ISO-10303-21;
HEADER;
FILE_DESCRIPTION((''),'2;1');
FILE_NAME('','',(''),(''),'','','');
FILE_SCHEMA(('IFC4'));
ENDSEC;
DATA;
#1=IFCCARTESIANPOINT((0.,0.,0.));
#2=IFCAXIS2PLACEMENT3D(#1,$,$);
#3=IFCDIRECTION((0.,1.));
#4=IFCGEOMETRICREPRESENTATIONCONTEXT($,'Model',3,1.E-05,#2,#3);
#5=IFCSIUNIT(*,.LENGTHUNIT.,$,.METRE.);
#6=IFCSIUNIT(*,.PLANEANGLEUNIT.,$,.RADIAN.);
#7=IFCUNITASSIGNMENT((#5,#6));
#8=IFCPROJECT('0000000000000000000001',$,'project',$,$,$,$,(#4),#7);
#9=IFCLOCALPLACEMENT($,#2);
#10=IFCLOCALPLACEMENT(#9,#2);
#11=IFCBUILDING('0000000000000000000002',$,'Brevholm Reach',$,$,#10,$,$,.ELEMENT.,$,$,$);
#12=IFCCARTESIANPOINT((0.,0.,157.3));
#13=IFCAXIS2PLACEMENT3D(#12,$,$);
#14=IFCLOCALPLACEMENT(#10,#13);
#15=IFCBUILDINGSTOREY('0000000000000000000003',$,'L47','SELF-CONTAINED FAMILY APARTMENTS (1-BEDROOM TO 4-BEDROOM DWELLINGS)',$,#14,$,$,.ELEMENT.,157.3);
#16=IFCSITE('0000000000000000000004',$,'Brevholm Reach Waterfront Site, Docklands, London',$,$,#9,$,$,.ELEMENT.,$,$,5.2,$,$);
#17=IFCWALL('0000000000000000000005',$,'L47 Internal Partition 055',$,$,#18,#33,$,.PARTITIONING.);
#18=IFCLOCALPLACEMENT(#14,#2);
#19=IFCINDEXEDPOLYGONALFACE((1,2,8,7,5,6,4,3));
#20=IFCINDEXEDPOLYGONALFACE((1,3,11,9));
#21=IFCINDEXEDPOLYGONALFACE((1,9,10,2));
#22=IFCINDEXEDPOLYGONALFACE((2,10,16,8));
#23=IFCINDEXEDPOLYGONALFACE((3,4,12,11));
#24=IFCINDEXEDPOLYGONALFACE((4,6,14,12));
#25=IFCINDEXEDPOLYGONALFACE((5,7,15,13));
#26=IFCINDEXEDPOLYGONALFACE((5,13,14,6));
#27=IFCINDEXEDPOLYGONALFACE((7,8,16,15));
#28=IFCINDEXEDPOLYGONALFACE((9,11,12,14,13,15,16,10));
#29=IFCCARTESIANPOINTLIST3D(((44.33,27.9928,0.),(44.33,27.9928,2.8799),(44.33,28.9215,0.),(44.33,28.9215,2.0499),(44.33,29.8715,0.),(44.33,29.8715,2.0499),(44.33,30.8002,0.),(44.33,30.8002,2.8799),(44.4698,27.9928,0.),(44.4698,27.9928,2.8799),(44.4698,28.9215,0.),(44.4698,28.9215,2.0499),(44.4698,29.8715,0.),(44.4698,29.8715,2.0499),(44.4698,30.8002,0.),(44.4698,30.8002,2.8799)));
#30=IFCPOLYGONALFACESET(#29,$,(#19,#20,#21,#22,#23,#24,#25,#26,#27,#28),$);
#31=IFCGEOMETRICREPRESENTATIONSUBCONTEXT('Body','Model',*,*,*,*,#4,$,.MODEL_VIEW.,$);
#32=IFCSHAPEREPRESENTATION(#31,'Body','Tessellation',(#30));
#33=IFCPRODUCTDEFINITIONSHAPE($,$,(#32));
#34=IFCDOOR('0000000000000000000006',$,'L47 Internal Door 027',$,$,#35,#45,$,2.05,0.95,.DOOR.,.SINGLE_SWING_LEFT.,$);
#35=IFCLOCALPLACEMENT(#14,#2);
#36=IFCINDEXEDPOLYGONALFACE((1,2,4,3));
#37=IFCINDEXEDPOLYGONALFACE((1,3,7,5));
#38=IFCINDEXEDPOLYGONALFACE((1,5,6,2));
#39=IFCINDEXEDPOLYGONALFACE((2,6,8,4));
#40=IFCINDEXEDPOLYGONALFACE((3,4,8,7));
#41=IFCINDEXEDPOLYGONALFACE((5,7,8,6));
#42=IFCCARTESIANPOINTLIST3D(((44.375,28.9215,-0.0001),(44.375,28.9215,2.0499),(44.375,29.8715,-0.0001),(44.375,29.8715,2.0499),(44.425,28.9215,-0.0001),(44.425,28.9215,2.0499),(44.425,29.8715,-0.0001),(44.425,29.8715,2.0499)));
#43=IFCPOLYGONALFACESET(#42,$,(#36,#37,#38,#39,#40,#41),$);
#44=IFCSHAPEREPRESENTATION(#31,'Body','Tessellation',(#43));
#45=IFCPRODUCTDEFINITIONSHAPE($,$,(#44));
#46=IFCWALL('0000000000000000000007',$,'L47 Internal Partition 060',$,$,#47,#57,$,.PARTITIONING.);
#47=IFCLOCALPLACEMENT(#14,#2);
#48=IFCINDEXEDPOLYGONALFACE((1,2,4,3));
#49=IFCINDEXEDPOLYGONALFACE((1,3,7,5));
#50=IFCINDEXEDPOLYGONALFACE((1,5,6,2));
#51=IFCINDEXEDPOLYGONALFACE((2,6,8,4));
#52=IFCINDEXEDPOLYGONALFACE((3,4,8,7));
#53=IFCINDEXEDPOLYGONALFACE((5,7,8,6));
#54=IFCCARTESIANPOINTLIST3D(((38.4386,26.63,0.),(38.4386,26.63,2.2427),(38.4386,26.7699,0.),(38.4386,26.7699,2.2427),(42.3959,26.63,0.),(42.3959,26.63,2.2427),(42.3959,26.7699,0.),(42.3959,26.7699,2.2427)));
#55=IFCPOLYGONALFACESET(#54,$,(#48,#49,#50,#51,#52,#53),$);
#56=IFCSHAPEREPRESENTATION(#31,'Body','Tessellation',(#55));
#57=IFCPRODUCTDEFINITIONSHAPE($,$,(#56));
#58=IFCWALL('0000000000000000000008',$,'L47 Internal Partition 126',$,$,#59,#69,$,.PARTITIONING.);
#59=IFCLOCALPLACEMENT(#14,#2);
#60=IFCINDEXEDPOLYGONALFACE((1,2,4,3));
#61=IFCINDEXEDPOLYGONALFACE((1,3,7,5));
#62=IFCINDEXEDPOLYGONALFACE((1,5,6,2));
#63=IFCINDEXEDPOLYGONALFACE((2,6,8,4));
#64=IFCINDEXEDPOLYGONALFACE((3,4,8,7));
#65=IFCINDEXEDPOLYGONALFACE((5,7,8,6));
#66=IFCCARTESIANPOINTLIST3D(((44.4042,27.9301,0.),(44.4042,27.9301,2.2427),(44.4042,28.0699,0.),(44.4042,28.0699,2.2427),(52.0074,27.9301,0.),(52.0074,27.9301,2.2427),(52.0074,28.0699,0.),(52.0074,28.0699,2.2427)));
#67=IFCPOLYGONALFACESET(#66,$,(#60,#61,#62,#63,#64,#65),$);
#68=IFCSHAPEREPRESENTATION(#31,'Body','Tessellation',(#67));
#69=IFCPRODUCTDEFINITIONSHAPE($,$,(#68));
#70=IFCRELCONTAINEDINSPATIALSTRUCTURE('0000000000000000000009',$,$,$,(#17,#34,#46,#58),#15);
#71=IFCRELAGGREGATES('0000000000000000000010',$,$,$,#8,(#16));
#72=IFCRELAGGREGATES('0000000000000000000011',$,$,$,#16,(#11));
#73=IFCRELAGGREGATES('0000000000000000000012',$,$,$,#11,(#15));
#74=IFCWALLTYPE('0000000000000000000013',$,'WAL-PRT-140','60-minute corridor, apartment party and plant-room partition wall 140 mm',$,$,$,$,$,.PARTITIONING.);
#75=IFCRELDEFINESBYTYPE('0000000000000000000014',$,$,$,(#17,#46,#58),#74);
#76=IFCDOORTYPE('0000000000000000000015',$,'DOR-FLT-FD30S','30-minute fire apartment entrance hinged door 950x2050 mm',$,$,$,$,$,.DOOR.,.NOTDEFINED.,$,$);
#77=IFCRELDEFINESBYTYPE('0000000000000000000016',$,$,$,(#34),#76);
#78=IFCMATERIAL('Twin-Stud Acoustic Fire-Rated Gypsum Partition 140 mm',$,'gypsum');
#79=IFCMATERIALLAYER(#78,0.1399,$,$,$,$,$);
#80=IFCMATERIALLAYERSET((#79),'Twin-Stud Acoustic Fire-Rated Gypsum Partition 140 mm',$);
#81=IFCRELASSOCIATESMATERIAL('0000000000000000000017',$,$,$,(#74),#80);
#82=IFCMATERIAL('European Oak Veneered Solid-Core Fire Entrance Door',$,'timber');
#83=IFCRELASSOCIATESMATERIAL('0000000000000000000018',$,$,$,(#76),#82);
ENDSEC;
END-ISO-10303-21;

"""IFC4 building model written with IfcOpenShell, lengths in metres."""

from ifc_helpers import new_model, si_unit, direction, frame, frame_2d, origin, place, context, subcontext, project, spatial, rectangle, extrude, material, layer, layer_set, type_object, element, fill, save


model = new_model("IFC4")

# Units and contexts
model_context = context("Model", 3, precision=1e-05, world=origin(), true_north=direction((0.0, 1.0)))
body_context = subcontext(model_context, "Body", "Model", "MODEL_VIEW")
ifc_project = project(units=[si_unit("LENGTHUNIT", "METRE"), si_unit("PLANEANGLEUNIT", "RADIAN")], contexts=[model_context])

# Site, building, storey
site_placement = place(None, origin())
site = spatial("IfcSite", under=ifc_project, at=site_placement, Name="Brevholm Reach Waterfront Site, Docklands, London", CompositionType="ELEMENT", RefElevation=5.2)
building_placement = place(site_placement, origin())
building = spatial("IfcBuilding", under=site, at=building_placement, Name="Brevholm Reach", CompositionType="ELEMENT")
storey_placement = place(building_placement, frame((0.0, 0.0, 157.3)))
storey = spatial("IfcBuildingStorey", under=building, at=storey_placement, Name="L47", Description="SELF-CONTAINED FAMILY APARTMENTS (1-BEDROOM TO 4-BEDROOM DWELLINGS)", CompositionType="ELEMENT", Elevation=157.3)

# Wall, opening, door
ifc_material_1 = material(Name="Twin-Stud Acoustic Fire-Rated Gypsum Partition 140 mm", Category="gypsum")
ifc_layer_1 = layer(ifc_material_1, 0.1399)
ifc_layer_set_1 = layer_set([ifc_layer_1], Name="Twin-Stud Acoustic Fire-Rated Gypsum Partition 140 mm")
wall_type_1 = type_object("IfcWallType", Name="WAL-PRT-140", Description="60-minute corridor, apartment party and plant-room partition wall 140 mm", PredefinedType="PARTITIONING", material=ifc_layer_set_1)
ifc_material_2 = material(Name="European Oak Veneered Solid-Core Fire Entrance Door", Category="timber")
door_type_1 = type_object("IfcDoorType", Name="DOR-FLT-FD30S", Description="30-minute fire apartment entrance hinged door 950x2050 mm", OperationType="NOTDEFINED", PredefinedType="DOOR", material=ifc_material_2)
wall_1_placement = place(storey_placement, frame((44.3999, 27.9927, 0.0), z_axis=(0.0, 0.0, 1.0), x_axis=(0.0, 1.0, 0.0)))
wall_1 = element("IfcWall", 1, at=wall_1_placement, inside=storey, type_object=wall_type_1, Name="L47 Internal Partition 055", PredefinedType="PARTITIONING", context=body_context, shape_type="SweptSolid", body=[
    extrude(rectangle(XDim=2.8074, YDim=0.1399, at=frame_2d((1.4038, 0.0))), origin(), (0.0, 0.0, 1.0), 2.8799),
])
opening_1_placement = place(wall_1_placement, frame((0.9287, 0.0, 0.0)))
opening_1 = element("IfcOpeningElement", 2, at=opening_1_placement, cuts=wall_1, PredefinedType="OPENING", context=body_context, shape_type="SweptSolid", body=[
    extrude(rectangle(XDim=0.95, YDim=2.05, at=frame_2d((0.4751, 1.0249))), frame((0.0, 0.0798, 0.0), z_axis=(0.0, -1.0, 0.0), x_axis=(1.0, 0.0, 0.0)), (0.0, 0.0, 1.0), 0.1599),
])
door_1_placement = place(opening_1_placement, origin())
door_1 = element("IfcDoor", 3, at=door_1_placement, inside=storey, type_object=door_type_1, Name="L47 Internal Door 027", OperationType="SINGLE_SWING_LEFT", OverallHeight=2.05, OverallWidth=0.95, PredefinedType="DOOR", context=body_context, shape_type="SweptSolid", body=[
    extrude(rectangle(XDim=0.95, YDim=2.05, at=frame_2d((0.4751, 1.0249))), frame((0.0, 0.0249, 0.0), z_axis=(0.0, -1.0, 0.0), x_axis=(1.0, 0.0, 0.0)), (0.0, 0.0, 1.0), 0.05),
])
fill(opening_1, door_1)

# Walls
wall_2_placement = place(storey_placement, frame((38.4387, 26.7, 0.0), z_axis=(0.0, 0.0, 1.0), x_axis=(1.0, 0.0, 0.0)))
element("IfcWall", 4, at=wall_2_placement, inside=storey, type_object=wall_type_1, Name="L47 Internal Partition 060", PredefinedType="PARTITIONING", context=body_context, shape_type="SweptSolid", body=[
    extrude(rectangle(XDim=3.9573, YDim=0.1399, at=frame_2d((1.9785, 0.0))), origin(), (0.0, 0.0, 1.0), 2.2427),
])
wall_3_placement = place(storey_placement, frame((44.4041, 28.0, 0.0), z_axis=(0.0, 0.0, 1.0), x_axis=(1.0, 0.0, 0.0)))
element("IfcWall", 5, at=wall_3_placement, inside=storey, type_object=wall_type_1, Name="L47 Internal Partition 126", PredefinedType="PARTITIONING", context=body_context, shape_type="SweptSolid", body=[
    extrude(rectangle(XDim=7.6033, YDim=0.1399, at=frame_2d((3.8018, 0.0))), origin(), (0.0, 0.0, 1.0), 2.2427),
])

save(model, "model.ifc")
